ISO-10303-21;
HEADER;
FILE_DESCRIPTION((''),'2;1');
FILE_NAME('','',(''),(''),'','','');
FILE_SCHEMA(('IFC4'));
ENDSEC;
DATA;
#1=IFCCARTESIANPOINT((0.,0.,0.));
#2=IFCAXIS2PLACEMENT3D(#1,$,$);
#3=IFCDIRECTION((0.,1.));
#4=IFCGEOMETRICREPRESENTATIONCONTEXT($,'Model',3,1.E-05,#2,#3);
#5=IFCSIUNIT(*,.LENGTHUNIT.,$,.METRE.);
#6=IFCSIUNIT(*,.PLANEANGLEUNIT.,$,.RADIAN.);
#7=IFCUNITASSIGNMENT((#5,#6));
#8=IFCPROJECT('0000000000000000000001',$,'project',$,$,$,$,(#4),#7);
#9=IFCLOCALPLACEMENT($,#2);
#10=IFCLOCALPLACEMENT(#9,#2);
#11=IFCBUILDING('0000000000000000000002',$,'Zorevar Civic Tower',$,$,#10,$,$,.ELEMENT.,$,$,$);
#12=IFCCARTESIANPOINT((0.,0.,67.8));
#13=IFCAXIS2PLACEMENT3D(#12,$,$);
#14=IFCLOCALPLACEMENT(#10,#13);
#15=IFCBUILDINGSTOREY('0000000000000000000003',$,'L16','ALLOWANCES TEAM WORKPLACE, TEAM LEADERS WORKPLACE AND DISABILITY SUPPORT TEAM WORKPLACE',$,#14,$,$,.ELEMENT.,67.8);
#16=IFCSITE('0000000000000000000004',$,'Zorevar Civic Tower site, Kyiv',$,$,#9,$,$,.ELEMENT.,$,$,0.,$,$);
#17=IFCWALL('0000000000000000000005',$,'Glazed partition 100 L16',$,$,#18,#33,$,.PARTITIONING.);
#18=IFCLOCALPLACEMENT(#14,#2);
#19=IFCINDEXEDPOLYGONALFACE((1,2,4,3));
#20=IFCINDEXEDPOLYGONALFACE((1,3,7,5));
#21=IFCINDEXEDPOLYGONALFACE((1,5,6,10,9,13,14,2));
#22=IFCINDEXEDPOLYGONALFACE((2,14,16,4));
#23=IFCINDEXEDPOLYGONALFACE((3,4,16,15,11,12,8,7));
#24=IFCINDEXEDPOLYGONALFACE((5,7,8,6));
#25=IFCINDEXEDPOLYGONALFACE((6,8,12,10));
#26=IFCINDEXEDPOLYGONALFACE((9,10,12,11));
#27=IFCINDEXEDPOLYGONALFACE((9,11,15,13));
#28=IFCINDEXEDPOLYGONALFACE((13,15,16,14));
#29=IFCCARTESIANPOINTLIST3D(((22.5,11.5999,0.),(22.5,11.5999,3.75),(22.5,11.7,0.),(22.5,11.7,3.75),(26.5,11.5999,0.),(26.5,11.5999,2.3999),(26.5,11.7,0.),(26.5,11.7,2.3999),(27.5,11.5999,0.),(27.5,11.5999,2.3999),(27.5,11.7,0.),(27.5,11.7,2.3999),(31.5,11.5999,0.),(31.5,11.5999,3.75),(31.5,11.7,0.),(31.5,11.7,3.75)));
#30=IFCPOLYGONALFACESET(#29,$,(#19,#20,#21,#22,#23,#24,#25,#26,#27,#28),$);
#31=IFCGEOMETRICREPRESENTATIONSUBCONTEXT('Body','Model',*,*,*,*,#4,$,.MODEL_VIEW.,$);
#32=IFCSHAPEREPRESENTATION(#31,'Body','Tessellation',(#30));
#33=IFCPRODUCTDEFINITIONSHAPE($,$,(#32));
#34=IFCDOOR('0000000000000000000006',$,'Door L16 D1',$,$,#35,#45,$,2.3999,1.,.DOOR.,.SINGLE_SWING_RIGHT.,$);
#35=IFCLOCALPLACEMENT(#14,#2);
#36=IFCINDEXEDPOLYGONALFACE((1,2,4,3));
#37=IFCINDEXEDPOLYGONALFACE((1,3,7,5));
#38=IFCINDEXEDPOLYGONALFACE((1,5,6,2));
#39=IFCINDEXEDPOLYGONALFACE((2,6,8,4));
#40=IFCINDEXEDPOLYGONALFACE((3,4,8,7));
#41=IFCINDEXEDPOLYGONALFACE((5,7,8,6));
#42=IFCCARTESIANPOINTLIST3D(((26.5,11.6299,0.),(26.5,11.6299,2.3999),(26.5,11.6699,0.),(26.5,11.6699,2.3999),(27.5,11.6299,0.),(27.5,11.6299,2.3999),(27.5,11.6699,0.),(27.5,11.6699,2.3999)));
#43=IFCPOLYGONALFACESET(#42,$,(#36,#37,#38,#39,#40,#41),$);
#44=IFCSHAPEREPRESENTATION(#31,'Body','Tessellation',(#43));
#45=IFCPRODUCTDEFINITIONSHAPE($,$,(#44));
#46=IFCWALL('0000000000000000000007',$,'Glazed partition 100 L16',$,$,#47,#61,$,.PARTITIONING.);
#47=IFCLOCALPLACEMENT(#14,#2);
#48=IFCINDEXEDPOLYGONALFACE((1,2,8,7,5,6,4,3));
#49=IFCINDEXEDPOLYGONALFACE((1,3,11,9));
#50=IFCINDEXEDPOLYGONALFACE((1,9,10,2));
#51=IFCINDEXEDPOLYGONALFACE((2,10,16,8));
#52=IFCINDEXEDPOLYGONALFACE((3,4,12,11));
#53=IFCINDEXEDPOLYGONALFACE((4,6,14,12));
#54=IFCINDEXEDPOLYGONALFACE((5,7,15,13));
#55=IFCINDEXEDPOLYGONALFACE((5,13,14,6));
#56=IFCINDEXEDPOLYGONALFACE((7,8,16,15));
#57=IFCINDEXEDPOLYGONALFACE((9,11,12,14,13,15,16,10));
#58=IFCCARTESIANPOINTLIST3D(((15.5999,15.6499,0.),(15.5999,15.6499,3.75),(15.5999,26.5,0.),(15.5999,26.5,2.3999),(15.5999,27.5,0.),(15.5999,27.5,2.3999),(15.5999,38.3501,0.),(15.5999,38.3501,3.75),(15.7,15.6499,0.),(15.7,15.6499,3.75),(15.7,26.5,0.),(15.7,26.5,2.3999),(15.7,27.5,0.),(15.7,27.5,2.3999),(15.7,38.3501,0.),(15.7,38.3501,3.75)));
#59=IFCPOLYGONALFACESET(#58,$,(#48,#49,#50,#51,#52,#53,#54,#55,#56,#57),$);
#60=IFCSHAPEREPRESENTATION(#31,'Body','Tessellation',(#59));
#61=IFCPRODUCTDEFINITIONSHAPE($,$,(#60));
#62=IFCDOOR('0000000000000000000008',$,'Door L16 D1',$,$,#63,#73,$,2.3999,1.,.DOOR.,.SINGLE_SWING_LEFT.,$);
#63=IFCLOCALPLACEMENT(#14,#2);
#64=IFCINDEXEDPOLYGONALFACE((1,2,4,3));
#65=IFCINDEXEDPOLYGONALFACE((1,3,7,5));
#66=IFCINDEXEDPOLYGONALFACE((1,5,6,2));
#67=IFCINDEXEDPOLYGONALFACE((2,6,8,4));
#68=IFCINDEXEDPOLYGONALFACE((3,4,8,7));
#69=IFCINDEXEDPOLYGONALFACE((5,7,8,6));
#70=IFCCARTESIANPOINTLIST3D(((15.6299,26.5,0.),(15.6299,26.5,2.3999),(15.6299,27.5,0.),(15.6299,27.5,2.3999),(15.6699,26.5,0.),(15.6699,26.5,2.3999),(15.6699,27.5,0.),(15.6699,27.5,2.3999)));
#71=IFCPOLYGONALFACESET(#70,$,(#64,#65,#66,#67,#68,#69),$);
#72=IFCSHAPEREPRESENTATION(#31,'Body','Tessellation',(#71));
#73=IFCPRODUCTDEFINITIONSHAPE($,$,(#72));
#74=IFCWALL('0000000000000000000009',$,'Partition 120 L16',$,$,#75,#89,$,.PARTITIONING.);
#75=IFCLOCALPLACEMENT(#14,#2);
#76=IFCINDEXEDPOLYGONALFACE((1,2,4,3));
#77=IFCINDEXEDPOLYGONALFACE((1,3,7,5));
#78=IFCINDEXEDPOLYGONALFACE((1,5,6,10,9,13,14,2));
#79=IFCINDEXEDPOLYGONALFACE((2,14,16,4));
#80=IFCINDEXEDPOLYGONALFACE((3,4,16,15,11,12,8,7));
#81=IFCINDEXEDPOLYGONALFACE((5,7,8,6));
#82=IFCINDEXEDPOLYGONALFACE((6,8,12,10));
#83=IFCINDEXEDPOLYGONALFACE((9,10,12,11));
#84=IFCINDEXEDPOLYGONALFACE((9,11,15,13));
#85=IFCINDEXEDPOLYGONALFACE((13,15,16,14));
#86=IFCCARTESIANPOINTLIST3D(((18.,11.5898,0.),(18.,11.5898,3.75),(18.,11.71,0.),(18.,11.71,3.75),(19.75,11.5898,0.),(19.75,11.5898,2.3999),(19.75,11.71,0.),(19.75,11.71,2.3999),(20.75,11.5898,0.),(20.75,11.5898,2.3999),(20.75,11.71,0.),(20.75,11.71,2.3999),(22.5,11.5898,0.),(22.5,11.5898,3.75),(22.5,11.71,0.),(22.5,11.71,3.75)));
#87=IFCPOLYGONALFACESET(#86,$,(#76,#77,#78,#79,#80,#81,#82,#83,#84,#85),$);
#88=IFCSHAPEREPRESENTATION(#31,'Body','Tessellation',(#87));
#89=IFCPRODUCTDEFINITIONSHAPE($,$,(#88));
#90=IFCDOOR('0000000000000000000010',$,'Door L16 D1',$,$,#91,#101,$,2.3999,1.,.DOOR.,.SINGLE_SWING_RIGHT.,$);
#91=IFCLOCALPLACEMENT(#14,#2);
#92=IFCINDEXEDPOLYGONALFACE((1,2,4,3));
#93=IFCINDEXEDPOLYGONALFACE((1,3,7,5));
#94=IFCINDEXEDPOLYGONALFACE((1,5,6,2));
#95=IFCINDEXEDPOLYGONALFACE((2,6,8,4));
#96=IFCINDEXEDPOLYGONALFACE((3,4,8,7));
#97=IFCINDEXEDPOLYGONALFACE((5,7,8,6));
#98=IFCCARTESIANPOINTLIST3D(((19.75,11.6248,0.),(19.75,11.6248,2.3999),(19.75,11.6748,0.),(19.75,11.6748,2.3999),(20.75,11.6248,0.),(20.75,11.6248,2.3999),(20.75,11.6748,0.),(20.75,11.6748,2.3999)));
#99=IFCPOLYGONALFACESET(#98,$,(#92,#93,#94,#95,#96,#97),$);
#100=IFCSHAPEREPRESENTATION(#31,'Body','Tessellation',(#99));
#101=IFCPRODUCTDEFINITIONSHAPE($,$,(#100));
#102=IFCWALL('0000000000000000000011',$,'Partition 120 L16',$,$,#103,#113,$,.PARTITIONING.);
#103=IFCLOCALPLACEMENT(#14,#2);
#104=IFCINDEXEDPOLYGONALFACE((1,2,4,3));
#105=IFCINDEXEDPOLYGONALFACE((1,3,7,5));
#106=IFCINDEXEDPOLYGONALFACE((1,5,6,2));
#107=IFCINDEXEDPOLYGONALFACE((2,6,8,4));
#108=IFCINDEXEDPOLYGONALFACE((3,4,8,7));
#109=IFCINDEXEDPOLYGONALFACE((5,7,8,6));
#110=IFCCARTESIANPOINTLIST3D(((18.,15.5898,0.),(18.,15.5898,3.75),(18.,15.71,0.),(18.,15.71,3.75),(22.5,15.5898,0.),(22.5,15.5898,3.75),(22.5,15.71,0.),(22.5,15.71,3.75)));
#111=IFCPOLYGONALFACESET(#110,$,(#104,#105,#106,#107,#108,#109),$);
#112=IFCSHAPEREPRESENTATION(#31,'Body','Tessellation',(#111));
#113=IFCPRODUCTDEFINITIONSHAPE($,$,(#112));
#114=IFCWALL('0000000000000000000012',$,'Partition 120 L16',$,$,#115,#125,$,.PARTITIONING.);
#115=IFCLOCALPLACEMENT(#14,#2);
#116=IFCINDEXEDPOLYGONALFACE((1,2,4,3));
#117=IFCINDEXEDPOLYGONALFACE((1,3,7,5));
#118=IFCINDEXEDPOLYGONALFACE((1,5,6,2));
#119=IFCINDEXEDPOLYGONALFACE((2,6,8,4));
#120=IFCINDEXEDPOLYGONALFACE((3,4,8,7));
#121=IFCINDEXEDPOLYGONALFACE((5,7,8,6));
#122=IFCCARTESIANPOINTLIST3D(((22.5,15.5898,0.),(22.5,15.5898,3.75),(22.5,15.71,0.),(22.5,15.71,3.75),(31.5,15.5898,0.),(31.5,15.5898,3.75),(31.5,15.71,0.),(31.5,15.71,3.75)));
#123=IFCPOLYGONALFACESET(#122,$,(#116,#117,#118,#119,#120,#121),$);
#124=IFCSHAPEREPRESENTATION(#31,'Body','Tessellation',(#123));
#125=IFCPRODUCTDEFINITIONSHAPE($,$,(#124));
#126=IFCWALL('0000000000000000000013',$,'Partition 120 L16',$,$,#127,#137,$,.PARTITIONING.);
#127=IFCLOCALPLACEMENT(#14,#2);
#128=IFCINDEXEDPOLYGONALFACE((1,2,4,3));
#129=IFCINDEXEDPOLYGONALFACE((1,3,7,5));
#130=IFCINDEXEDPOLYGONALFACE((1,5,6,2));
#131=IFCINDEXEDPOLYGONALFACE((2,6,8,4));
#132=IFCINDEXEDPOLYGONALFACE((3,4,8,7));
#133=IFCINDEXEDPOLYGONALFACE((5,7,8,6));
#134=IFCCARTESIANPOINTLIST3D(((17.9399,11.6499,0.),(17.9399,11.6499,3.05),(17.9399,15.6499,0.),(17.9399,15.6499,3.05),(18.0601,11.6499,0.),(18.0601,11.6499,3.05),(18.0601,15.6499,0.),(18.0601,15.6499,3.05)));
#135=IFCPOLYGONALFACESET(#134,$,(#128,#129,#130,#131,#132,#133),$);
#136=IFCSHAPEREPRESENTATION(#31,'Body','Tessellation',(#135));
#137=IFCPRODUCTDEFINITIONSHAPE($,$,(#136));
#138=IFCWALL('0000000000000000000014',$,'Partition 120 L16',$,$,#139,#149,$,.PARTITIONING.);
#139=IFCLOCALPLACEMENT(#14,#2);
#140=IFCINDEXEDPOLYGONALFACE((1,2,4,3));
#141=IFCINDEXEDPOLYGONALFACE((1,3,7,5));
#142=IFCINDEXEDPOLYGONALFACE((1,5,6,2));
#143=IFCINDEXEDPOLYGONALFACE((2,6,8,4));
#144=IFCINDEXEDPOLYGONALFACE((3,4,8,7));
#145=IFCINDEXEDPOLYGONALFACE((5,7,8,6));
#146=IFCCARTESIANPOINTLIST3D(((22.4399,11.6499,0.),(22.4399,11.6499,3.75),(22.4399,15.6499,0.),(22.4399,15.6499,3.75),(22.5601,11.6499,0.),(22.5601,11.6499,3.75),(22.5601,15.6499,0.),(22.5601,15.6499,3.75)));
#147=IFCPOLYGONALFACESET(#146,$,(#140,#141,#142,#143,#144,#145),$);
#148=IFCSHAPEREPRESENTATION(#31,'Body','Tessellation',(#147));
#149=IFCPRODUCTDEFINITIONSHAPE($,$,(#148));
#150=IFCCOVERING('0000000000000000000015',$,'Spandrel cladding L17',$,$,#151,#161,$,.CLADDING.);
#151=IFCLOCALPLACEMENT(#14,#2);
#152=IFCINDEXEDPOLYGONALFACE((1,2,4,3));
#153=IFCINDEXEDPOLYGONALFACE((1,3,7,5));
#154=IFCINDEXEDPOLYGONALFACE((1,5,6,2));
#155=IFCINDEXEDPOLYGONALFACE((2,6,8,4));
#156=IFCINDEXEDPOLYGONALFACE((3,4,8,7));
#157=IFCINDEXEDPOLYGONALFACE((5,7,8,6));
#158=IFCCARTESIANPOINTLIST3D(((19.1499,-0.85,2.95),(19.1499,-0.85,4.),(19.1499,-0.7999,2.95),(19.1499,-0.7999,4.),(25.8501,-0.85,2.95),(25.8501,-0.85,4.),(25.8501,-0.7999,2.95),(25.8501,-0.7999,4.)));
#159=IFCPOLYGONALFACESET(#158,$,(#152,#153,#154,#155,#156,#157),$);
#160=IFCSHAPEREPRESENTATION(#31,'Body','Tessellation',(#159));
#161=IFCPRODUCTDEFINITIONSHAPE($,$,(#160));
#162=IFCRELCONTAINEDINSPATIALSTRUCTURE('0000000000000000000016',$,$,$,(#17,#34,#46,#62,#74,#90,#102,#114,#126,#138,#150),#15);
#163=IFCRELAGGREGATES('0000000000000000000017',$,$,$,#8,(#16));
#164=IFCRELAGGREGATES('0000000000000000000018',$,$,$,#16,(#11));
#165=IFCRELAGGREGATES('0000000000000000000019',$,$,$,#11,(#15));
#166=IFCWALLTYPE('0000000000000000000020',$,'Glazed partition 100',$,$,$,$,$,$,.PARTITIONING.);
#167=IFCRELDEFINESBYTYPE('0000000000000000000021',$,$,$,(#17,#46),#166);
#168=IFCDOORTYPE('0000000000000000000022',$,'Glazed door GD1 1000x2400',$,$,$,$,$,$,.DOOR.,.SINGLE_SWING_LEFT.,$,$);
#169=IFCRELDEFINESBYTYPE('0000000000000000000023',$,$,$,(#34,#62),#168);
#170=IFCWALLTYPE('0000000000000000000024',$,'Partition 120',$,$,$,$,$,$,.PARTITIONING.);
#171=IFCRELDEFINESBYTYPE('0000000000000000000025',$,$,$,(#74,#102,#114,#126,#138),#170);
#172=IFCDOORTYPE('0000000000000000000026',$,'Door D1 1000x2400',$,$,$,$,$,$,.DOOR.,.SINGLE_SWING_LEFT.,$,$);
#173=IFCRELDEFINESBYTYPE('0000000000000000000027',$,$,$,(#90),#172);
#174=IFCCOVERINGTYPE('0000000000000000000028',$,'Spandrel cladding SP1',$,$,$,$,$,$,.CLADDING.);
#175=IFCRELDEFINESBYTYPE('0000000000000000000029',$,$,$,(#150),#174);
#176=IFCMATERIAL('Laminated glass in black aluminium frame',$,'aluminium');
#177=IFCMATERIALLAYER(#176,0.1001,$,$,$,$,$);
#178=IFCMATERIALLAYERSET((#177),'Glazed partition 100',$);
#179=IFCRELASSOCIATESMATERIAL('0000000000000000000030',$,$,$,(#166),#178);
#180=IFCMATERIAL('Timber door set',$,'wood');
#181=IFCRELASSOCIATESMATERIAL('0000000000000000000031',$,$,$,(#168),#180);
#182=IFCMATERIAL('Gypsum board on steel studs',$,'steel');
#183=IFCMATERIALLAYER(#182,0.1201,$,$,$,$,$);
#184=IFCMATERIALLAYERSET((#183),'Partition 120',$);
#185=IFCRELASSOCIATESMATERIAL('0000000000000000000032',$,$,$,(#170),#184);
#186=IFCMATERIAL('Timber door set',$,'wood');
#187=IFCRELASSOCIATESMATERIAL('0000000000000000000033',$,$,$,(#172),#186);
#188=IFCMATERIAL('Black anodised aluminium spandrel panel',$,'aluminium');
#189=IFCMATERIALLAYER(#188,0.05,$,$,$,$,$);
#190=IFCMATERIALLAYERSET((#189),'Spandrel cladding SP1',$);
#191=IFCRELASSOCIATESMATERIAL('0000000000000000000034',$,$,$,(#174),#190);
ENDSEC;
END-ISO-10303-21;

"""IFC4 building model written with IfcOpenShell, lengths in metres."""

from ifc_helpers import new_model, si_unit, direction, frame, frame_2d, origin, place, context, subcontext, project, spatial, rectangle, extrude, material, layer, layer_set, type_object, element, fill, save


model = new_model("IFC4")

# Units and contexts
model_context = context("Model", 3, precision=1e-05, world=origin(), true_north=direction((0.0, 1.0)))
body_context = subcontext(model_context, "Body", "Model", "MODEL_VIEW")
ifc_project = project(units=[si_unit("LENGTHUNIT", "METRE"), si_unit("PLANEANGLEUNIT", "RADIAN")], contexts=[model_context])

# Site, building, storey
site_placement = place(None, origin())
site = spatial("IfcSite", under=ifc_project, at=site_placement, Name="Zorevar Civic Tower site, Kyiv", CompositionType="ELEMENT", RefElevation=0.0)
building_placement = place(site_placement, origin())
building = spatial("IfcBuilding", under=site, at=building_placement, Name="Zorevar Civic Tower", CompositionType="ELEMENT")
storey_placement = place(building_placement, frame((0.0, 0.0, 67.8)))
storey = spatial("IfcBuildingStorey", under=building, at=storey_placement, Name="L16", Description="ALLOWANCES TEAM WORKPLACE, TEAM LEADERS WORKPLACE AND DISABILITY SUPPORT TEAM WORKPLACE", CompositionType="ELEMENT", Elevation=67.8)

# Walls, openings, doors
ifc_material_1 = material(Name="Laminated glass in black aluminium frame", Category="aluminium")
ifc_layer_1 = layer(ifc_material_1, 0.1001)
ifc_layer_set_1 = layer_set([ifc_layer_1], Name="Glazed partition 100")
wall_type_1 = type_object("IfcWallType", Name="Glazed partition 100", PredefinedType="PARTITIONING", material=ifc_layer_set_1)
wall_1_placement = place(storey_placement, frame((22.5, 11.6499, 0.0), z_axis=(0.0, 0.0, 1.0), x_axis=(1.0, 0.0, 0.0)))
wall_1 = element("IfcWall", 1, at=wall_1_placement, inside=storey, type_object=wall_type_1, Name="Glazed partition 100 L16", PredefinedType="PARTITIONING", context=body_context, shape_type="SweptSolid", body=[
    extrude(rectangle(XDim=9.0, YDim=0.1001, at=frame_2d((4.5, 0.0))), origin(), (0.0, 0.0, 1.0), 3.75),
])
opening_1_placement = place(wall_1_placement, frame((4.0, 0.0, 0.0)))
opening_1 = element("IfcOpeningElement", 2, at=opening_1_placement, cuts=wall_1, PredefinedType="OPENING", context=body_context, shape_type="SweptSolid", body=[
    extrude(rectangle(XDim=1.0, YDim=2.3999, at=frame_2d((0.5, 1.2))), frame((0.0, 0.0601, 0.0), z_axis=(0.0, -1.0, 0.0), x_axis=(1.0, 0.0, 0.0)), (0.0, 0.0, 1.0), 0.1201),
])
ifc_material_2 = material(Name="Timber door set", Category="wood")
door_type_1 = type_object("IfcDoorType", Name="Glazed door GD1 1000x2400", OperationType="SINGLE_SWING_LEFT", PredefinedType="DOOR", material=ifc_material_2)
door_1_placement = place(opening_1_placement, origin())
door_1 = element("IfcDoor", 3, at=door_1_placement, inside=storey, type_object=door_type_1, Name="Door L16 D1", OperationType="SINGLE_SWING_RIGHT", OverallHeight=2.3999, OverallWidth=1.0, PredefinedType="DOOR", context=body_context, shape_type="SweptSolid", body=[
    extrude(rectangle(XDim=1.0, YDim=2.3999, at=frame_2d((0.5, 1.2))), frame((0.0, 0.02, 0.0), z_axis=(0.0, -1.0, 0.0), x_axis=(1.0, 0.0, 0.0)), (0.0, 0.0, 1.0), 0.04),
])
fill(opening_1, door_1)
wall_2_placement = place(storey_placement, frame((15.6499, 15.6499, 0.0), z_axis=(0.0, 0.0, 1.0), x_axis=(0.0, 1.0, 0.0)))
wall_2 = element("IfcWall", 4, at=wall_2_placement, inside=storey, type_object=wall_type_1, Name="Glazed partition 100 L16", PredefinedType="PARTITIONING", context=body_context, shape_type="SweptSolid", body=[
    extrude(rectangle(XDim=22.7002, YDim=0.1001, at=frame_2d((11.3501, 0.0))), origin(), (0.0, 0.0, 1.0), 3.75),
])
opening_2_placement = place(wall_2_placement, frame((10.8501, 0.0, 0.0)))
opening_2 = element("IfcOpeningElement", 5, at=opening_2_placement, cuts=wall_2, PredefinedType="OPENING", context=body_context, shape_type="SweptSolid", body=[
    extrude(rectangle(XDim=1.0, YDim=2.3999, at=frame_2d((0.5, 1.2))), frame((0.0, 0.0601, 0.0), z_axis=(0.0, -1.0, 0.0), x_axis=(1.0, 0.0, 0.0)), (0.0, 0.0, 1.0), 0.1201),
])
door_2_placement = place(opening_2_placement, origin())
door_2 = element("IfcDoor", 6, at=door_2_placement, inside=storey, type_object=door_type_1, Name="Door L16 D1", OperationType="SINGLE_SWING_LEFT", OverallHeight=2.3999, OverallWidth=1.0, PredefinedType="DOOR", context=body_context, shape_type="SweptSolid", body=[
    extrude(rectangle(XDim=1.0, YDim=2.3999, at=frame_2d((0.5, 1.2))), frame((0.0, 0.02, 0.0), z_axis=(0.0, -1.0, 0.0), x_axis=(1.0, 0.0, 0.0)), (0.0, 0.0, 1.0), 0.04),
])
fill(opening_2, door_2)
ifc_material_3 = material(Name="Gypsum board on steel studs", Category="steel")
ifc_layer_2 = layer(ifc_material_3, 0.1201)
ifc_layer_set_2 = layer_set([ifc_layer_2], Name="Partition 120")
wall_type_2 = type_object("IfcWallType", Name="Partition 120", PredefinedType="PARTITIONING", material=ifc_layer_set_2)
wall_3_placement = place(storey_placement, frame((18.0, 11.6499, 0.0), z_axis=(0.0, 0.0, 1.0), x_axis=(1.0, 0.0, 0.0)))
wall_3 = element("IfcWall", 7, at=wall_3_placement, inside=storey, type_object=wall_type_2, Name="Partition 120 L16", PredefinedType="PARTITIONING", context=body_context, shape_type="SweptSolid", body=[
    extrude(rectangle(XDim=4.5, YDim=0.1201, at=frame_2d((2.25, 0.0))), origin(), (0.0, 0.0, 1.0), 3.75),
])
opening_3_placement = place(wall_3_placement, frame((1.75, 0.0, 0.0)))
opening_3 = element("IfcOpeningElement", 8, at=opening_3_placement, cuts=wall_3, PredefinedType="OPENING", context=body_context, shape_type="SweptSolid", body=[
    extrude(rectangle(XDim=1.0, YDim=2.3999, at=frame_2d((0.5, 1.2))), frame((0.0, 0.0701, 0.0), z_axis=(0.0, -1.0, 0.0), x_axis=(1.0, 0.0, 0.0)), (0.0, 0.0, 1.0), 0.1401),
])
ifc_material_4 = material(Name="Timber door set", Category="wood")
door_type_2 = type_object("IfcDoorType", Name="Door D1 1000x2400", OperationType="SINGLE_SWING_LEFT", PredefinedType="DOOR", material=ifc_material_4)
door_3_placement = place(opening_3_placement, origin())
door_3 = element("IfcDoor", 9, at=door_3_placement, inside=storey, type_object=door_type_2, Name="Door L16 D1", OperationType="SINGLE_SWING_RIGHT", OverallHeight=2.3999, OverallWidth=1.0, PredefinedType="DOOR", context=body_context, shape_type="SweptSolid", body=[
    extrude(rectangle(XDim=1.0, YDim=2.3999, at=frame_2d((0.5, 1.2))), frame((0.0, 0.0249, 0.0), z_axis=(0.0, -1.0, 0.0), x_axis=(1.0, 0.0, 0.0)), (0.0, 0.0, 1.0), 0.05),
])
fill(opening_3, door_3)

# Walls
wall_4_placement = place(storey_placement, frame((18.0, 15.6499, 0.0), z_axis=(0.0, 0.0, 1.0), x_axis=(1.0, 0.0, 0.0)))
element("IfcWall", 10, at=wall_4_placement, inside=storey, type_object=wall_type_2, Name="Partition 120 L16", PredefinedType="PARTITIONING", context=body_context, shape_type="SweptSolid", body=[
    extrude(rectangle(XDim=4.5, YDim=0.1201, at=frame_2d((2.25, 0.0))), origin(), (0.0, 0.0, 1.0), 3.75),
])
wall_5_placement = place(storey_placement, frame((22.5, 15.6499, 0.0), z_axis=(0.0, 0.0, 1.0), x_axis=(1.0, 0.0, 0.0)))
element("IfcWall", 11, at=wall_5_placement, inside=storey, type_object=wall_type_2, Name="Partition 120 L16", PredefinedType="PARTITIONING", context=body_context, shape_type="SweptSolid", body=[
    extrude(rectangle(XDim=9.0, YDim=0.1201, at=frame_2d((4.5, 0.0))), origin(), (0.0, 0.0, 1.0), 3.75),
])
wall_6_placement = place(storey_placement, frame((18.0, 11.6499, 0.0), z_axis=(0.0, 0.0, 1.0), x_axis=(0.0, 1.0, 0.0)))
element("IfcWall", 12, at=wall_6_placement, inside=storey, type_object=wall_type_2, Name="Partition 120 L16", PredefinedType="PARTITIONING", context=body_context, shape_type="SweptSolid", body=[
    extrude(rectangle(XDim=4.0, YDim=0.1201, at=frame_2d((2.0, 0.0))), origin(), (0.0, 0.0, 1.0), 3.05),
])
wall_7_placement = place(storey_placement, frame((22.5, 11.6499, 0.0), z_axis=(0.0, 0.0, 1.0), x_axis=(0.0, 1.0, 0.0)))
element("IfcWall", 13, at=wall_7_placement, inside=storey, type_object=wall_type_2, Name="Partition 120 L16", PredefinedType="PARTITIONING", context=body_context, shape_type="SweptSolid", body=[
    extrude(rectangle(XDim=4.0, YDim=0.1201, at=frame_2d((2.0, 0.0))), origin(), (0.0, 0.0, 1.0), 3.75),
])

# Covering
ifc_material_5 = material(Name="Black anodised aluminium spandrel panel", Category="aluminium")
ifc_layer_3 = layer(ifc_material_5, 0.05)
ifc_layer_set_3 = layer_set([ifc_layer_3], Name="Spandrel cladding SP1")
covering_type = type_object("IfcCoveringType", Name="Spandrel cladding SP1", PredefinedType="CLADDING", material=ifc_layer_set_3)
covering_placement = place(storey_placement, frame((19.1499, -0.825, 2.95), z_axis=(0.0, 0.0, 1.0), x_axis=(1.0, 0.0, 0.0)))
element("IfcCovering", 14, at=covering_placement, inside=storey, type_object=covering_type, Name="Spandrel cladding L17", PredefinedType="CLADDING", context=body_context, shape_type="SweptSolid", body=[
    extrude(rectangle(XDim=6.7002, YDim=0.05, at=frame_2d((3.3501, 0.0))), origin(), (0.0, 0.0, 1.0), 1.05),
])

save(model, "model.ifc")
